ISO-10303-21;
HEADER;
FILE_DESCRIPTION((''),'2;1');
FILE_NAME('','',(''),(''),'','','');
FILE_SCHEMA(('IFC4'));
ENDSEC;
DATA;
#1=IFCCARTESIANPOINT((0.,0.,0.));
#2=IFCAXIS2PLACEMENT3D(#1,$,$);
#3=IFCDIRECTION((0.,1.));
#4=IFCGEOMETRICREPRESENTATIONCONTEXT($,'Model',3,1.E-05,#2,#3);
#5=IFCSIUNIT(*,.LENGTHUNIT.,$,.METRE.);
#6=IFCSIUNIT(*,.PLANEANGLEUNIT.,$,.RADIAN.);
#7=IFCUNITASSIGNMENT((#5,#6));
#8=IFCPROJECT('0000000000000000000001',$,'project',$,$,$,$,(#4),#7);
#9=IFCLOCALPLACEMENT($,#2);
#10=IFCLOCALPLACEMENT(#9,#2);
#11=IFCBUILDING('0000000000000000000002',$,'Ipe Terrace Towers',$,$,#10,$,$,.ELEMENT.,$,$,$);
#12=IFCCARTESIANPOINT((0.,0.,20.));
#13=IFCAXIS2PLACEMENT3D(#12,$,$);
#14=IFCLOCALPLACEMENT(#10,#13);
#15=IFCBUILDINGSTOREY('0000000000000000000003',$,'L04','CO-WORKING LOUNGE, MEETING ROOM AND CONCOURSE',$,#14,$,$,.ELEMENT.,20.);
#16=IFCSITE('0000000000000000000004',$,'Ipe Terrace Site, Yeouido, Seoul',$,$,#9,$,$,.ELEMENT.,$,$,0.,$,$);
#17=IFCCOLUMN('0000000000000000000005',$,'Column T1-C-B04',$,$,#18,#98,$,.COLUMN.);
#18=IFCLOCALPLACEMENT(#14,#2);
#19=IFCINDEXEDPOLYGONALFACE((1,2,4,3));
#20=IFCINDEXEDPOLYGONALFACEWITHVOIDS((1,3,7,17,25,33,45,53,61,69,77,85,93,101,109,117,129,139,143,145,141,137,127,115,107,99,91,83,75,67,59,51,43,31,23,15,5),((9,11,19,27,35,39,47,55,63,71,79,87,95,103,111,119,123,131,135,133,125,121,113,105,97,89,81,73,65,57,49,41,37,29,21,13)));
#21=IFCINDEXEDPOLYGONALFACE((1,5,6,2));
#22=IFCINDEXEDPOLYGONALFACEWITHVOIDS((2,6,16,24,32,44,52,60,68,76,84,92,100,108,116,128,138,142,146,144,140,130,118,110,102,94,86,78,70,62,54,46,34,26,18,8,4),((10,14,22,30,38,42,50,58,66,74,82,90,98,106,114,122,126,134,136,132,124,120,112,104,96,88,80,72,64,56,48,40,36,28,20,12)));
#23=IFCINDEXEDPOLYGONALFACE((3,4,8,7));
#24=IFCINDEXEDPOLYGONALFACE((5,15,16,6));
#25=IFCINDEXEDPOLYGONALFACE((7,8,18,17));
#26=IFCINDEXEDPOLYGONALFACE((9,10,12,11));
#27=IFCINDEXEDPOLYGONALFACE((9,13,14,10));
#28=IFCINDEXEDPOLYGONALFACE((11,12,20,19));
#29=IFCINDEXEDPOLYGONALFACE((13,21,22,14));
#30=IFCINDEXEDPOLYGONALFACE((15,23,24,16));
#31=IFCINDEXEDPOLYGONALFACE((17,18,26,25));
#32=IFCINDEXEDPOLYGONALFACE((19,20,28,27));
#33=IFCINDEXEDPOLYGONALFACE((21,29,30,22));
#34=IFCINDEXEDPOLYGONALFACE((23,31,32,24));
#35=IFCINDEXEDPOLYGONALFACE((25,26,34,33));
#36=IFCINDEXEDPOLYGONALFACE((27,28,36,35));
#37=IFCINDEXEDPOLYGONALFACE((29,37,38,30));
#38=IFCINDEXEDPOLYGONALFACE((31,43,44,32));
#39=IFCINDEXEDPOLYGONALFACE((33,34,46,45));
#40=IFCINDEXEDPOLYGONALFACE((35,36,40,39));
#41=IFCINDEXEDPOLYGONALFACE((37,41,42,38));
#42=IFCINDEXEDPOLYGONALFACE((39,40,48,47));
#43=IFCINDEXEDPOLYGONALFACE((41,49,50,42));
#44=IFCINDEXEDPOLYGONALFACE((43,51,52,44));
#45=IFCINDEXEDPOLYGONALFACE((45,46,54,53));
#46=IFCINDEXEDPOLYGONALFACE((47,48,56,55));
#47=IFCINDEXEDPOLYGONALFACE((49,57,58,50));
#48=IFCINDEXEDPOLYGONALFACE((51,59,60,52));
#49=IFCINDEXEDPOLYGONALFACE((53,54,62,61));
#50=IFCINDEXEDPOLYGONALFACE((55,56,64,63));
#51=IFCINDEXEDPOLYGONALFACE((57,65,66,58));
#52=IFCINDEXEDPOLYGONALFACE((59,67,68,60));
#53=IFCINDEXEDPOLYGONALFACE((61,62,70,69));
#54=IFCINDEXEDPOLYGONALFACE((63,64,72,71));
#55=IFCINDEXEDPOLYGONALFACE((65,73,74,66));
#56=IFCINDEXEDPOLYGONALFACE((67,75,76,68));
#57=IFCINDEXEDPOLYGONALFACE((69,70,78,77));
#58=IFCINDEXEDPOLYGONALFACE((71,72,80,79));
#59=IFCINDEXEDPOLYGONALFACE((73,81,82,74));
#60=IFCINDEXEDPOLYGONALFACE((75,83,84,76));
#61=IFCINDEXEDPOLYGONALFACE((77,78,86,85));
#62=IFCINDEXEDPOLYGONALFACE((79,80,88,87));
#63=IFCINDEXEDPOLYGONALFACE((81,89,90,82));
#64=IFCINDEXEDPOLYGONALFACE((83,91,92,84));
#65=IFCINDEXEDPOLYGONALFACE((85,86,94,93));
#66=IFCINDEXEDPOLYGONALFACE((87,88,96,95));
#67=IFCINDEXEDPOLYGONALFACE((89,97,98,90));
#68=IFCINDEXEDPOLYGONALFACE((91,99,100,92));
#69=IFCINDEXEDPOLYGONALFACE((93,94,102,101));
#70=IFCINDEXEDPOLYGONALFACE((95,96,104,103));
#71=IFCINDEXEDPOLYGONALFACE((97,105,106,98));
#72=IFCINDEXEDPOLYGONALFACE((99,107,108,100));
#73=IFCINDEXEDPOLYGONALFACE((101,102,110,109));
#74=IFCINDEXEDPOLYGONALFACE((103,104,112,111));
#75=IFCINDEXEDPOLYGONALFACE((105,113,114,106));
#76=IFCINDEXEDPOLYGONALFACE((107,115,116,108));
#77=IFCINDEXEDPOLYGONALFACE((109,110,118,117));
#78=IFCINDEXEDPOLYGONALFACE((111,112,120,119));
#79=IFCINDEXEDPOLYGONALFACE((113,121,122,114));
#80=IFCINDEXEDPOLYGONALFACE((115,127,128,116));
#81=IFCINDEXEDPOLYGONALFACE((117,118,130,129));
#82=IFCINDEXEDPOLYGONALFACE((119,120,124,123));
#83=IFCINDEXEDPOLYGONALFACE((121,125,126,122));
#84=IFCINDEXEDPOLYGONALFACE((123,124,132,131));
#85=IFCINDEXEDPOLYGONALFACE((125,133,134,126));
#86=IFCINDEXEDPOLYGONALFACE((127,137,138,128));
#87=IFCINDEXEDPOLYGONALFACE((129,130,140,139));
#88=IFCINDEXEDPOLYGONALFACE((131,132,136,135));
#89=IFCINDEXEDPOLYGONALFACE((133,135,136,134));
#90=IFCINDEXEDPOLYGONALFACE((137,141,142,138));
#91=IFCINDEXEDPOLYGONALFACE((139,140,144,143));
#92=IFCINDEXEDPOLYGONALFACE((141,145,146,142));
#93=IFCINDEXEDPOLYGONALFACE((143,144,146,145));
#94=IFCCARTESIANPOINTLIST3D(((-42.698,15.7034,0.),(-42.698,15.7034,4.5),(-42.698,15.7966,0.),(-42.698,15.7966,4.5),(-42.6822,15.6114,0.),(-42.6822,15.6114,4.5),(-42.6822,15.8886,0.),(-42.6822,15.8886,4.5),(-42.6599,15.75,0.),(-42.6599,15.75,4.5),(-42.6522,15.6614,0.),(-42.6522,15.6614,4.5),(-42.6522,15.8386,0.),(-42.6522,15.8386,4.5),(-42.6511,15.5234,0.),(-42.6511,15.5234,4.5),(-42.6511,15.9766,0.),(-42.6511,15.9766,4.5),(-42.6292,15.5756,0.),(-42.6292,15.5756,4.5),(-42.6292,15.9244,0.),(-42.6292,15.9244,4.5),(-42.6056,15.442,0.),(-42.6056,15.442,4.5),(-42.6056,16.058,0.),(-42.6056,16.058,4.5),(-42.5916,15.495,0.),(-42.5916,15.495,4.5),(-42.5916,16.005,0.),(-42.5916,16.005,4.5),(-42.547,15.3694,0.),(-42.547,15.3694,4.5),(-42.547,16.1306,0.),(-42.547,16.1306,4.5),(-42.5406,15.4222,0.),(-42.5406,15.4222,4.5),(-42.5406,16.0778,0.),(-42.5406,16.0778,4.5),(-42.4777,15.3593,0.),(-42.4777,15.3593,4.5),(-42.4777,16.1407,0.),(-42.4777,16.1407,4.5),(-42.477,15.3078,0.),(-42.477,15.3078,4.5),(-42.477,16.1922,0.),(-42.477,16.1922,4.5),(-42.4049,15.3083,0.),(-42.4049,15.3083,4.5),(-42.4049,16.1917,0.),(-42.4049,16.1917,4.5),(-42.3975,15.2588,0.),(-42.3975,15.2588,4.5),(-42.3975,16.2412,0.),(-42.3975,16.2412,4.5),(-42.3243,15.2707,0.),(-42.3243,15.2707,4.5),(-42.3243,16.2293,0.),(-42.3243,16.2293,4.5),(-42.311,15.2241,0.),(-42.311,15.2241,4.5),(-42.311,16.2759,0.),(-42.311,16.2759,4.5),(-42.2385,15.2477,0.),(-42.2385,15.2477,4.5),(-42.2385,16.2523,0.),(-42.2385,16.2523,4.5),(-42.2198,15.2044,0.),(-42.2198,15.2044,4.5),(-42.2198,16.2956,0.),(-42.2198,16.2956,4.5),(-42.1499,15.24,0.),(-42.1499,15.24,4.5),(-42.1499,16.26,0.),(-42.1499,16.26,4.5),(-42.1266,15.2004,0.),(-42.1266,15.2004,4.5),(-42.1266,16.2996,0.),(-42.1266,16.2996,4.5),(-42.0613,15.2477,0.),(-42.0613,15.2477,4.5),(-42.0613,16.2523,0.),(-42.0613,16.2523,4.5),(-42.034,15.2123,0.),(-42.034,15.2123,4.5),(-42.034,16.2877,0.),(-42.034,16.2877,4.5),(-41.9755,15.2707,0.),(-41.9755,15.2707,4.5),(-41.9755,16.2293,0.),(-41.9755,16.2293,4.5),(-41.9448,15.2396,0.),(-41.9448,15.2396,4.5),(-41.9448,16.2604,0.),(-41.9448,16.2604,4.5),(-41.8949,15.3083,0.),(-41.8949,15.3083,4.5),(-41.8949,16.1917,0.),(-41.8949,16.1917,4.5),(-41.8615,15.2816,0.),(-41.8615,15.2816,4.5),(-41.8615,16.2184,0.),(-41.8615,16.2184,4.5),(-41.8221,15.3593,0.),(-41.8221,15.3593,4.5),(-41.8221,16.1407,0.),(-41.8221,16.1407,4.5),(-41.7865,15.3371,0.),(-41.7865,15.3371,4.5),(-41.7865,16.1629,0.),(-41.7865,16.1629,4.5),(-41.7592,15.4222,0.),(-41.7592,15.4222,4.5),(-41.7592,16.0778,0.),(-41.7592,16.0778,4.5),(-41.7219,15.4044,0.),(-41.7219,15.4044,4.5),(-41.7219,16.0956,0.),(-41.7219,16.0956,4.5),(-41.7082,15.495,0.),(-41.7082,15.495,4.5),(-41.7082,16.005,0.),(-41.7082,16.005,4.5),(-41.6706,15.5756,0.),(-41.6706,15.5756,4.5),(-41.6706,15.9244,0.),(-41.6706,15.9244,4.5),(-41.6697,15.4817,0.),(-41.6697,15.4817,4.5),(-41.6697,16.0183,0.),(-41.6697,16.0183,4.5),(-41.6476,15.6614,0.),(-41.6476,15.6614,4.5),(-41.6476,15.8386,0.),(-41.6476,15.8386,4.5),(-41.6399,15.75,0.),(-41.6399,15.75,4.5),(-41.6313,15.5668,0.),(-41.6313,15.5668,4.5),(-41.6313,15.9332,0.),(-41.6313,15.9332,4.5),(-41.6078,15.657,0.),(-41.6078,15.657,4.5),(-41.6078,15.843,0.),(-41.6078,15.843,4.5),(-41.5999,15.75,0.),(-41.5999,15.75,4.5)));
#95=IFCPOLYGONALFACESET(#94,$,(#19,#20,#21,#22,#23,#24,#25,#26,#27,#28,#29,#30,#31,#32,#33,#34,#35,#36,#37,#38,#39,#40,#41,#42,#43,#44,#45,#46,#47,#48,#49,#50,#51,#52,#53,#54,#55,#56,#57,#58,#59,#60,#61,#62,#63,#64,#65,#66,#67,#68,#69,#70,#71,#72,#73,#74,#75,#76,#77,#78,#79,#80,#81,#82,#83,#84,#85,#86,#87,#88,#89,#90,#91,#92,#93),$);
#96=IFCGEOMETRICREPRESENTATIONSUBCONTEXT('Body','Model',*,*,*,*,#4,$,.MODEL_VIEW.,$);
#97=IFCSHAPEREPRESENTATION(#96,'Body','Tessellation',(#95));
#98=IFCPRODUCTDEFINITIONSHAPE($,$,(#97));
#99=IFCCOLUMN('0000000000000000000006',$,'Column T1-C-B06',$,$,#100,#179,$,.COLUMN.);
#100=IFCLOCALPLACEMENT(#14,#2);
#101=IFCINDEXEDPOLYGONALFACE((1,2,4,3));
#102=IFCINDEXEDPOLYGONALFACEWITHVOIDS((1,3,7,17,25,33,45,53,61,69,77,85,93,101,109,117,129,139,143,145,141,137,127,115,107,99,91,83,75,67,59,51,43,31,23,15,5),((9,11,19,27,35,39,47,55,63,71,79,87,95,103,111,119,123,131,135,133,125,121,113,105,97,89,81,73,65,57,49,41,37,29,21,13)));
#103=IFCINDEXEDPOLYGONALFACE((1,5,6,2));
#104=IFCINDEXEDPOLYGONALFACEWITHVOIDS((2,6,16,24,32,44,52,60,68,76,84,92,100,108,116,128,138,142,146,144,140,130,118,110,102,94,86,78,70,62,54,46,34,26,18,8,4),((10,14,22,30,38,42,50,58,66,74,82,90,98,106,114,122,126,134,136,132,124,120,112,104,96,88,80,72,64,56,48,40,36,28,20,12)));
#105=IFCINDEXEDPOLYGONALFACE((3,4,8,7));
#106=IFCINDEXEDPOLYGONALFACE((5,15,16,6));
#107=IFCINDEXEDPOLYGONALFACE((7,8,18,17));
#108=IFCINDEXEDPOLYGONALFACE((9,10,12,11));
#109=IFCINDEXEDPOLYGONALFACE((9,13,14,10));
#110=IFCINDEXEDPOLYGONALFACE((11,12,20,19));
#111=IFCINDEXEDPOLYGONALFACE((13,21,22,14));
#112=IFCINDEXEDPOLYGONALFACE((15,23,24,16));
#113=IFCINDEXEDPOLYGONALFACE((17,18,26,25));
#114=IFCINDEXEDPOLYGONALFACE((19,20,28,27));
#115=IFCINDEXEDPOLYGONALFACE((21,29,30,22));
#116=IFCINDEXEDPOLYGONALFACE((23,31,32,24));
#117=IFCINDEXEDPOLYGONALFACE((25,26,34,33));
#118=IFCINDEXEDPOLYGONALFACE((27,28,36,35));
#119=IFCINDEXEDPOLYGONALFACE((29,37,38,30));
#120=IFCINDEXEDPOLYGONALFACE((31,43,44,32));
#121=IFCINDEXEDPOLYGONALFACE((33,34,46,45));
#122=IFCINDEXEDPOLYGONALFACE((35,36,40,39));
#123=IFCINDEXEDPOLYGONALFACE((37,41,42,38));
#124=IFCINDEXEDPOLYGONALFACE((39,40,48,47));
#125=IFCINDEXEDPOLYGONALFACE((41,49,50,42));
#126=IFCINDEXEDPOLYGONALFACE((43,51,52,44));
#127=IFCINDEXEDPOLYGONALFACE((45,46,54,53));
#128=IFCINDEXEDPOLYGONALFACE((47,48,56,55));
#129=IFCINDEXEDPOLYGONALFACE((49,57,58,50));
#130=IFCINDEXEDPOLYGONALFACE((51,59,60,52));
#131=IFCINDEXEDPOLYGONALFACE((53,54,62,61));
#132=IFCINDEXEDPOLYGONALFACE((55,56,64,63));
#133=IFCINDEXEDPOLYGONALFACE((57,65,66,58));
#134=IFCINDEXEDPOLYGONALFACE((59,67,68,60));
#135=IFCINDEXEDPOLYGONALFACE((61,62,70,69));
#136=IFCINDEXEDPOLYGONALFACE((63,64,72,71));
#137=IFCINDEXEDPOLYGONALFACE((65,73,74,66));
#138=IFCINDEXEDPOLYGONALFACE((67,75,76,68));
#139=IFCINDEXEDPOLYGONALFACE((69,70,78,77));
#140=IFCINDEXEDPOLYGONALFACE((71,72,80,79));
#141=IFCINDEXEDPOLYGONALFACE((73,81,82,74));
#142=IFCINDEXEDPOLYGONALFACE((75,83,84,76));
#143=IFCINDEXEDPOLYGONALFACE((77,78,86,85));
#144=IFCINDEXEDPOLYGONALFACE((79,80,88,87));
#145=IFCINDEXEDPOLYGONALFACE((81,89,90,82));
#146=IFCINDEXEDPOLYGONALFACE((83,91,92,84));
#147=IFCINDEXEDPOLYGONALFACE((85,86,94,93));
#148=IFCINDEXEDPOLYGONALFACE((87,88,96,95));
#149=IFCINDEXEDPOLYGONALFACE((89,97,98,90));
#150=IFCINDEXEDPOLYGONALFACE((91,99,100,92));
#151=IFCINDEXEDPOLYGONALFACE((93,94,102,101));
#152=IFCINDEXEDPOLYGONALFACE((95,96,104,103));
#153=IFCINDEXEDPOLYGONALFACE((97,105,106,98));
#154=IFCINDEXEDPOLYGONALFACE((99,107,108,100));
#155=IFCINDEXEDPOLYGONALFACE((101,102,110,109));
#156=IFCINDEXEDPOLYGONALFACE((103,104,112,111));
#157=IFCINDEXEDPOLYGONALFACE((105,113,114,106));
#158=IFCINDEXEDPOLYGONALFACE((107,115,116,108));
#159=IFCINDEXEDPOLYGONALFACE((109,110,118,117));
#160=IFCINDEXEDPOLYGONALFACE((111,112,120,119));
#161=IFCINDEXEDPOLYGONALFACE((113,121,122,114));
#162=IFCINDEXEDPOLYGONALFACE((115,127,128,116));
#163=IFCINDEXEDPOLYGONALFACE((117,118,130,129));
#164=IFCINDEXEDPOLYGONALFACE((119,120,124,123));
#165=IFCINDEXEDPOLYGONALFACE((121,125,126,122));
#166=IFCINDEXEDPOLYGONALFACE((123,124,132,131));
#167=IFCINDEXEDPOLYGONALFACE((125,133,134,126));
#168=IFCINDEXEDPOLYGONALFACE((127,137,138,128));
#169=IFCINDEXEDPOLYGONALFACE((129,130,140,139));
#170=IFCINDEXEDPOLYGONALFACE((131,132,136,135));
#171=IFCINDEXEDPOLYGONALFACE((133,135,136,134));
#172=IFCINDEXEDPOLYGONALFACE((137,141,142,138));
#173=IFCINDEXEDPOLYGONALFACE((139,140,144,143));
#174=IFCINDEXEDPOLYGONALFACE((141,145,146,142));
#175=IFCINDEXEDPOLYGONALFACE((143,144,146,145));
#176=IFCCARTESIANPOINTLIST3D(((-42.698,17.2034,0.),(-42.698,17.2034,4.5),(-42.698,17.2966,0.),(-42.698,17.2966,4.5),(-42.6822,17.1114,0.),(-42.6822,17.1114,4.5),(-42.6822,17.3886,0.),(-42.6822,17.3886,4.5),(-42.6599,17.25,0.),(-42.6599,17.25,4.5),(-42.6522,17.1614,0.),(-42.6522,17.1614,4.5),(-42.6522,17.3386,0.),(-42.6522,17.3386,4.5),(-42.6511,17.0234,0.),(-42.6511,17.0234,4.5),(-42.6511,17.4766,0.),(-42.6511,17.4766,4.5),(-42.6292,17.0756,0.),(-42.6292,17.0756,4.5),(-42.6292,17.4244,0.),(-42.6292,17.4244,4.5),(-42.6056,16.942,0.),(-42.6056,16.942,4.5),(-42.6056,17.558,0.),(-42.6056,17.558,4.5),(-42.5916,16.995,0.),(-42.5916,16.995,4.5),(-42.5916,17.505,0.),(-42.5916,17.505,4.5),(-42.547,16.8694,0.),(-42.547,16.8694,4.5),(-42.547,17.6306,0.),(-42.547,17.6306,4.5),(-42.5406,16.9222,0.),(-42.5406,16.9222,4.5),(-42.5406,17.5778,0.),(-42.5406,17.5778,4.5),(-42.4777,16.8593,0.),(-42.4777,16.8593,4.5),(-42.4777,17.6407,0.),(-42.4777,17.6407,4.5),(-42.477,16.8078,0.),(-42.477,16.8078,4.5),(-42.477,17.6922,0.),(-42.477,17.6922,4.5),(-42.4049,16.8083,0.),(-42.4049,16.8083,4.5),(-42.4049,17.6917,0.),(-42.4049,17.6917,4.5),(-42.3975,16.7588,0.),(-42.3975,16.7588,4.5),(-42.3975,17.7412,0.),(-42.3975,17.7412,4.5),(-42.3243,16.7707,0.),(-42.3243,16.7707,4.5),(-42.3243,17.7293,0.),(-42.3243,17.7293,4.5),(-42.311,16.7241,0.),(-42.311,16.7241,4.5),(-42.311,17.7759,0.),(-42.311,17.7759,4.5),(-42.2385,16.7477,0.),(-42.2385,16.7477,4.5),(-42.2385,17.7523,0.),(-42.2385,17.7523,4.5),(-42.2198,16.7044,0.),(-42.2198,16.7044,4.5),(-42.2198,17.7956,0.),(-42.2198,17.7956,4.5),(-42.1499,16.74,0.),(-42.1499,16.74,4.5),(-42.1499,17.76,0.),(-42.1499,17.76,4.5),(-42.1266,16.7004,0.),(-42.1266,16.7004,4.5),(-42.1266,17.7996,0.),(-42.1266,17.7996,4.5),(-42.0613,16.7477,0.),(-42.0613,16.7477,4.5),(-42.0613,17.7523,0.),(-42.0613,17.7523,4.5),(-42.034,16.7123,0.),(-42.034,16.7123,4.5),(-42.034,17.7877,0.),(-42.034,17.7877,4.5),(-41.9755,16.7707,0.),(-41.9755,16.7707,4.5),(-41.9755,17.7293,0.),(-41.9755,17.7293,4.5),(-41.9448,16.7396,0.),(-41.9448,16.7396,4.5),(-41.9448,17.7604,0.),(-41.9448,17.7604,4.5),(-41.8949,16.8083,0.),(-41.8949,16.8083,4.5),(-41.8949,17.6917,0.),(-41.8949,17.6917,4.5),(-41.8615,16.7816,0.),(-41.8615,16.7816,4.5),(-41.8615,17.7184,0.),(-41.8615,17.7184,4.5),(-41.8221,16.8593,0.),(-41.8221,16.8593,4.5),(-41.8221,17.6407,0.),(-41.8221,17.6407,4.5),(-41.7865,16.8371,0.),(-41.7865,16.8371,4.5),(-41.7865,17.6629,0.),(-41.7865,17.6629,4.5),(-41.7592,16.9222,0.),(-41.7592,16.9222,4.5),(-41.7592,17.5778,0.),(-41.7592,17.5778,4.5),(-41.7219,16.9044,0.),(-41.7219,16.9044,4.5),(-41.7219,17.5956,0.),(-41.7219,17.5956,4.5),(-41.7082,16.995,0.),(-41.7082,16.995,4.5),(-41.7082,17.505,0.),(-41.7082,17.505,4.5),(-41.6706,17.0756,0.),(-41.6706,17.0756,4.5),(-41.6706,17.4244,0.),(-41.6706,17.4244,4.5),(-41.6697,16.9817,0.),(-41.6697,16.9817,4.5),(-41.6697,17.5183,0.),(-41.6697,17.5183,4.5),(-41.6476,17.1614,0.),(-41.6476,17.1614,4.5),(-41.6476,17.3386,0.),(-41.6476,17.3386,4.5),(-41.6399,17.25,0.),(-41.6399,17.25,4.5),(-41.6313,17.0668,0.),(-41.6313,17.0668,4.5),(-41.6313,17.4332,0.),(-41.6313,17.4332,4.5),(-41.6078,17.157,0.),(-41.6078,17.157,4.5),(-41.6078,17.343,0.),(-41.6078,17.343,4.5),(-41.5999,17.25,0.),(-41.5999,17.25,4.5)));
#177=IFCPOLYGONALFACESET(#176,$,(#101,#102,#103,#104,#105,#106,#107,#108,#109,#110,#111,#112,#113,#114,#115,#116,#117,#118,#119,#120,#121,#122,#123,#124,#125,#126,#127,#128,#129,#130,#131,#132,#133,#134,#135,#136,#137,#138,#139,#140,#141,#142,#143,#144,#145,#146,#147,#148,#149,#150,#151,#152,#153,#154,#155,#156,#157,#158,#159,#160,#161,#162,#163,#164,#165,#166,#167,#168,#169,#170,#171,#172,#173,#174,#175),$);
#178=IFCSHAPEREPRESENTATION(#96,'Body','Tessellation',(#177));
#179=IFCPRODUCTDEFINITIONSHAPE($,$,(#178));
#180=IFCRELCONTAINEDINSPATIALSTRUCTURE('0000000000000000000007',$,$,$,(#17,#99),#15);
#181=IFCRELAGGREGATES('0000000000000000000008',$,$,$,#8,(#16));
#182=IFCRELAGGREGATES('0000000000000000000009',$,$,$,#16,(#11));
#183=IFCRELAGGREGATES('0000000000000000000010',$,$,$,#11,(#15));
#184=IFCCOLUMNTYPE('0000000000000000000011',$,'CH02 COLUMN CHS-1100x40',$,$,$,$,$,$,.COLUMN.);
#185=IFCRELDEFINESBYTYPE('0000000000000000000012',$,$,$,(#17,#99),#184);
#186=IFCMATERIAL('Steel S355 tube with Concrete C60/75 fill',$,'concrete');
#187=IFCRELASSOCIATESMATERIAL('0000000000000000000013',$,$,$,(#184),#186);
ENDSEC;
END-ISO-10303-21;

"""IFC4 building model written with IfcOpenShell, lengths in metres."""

from ifc_helpers import new_model, si_unit, direction, frame, origin, origin_2d, place, context, subcontext, project, spatial, hollow_circle, extrude, material, material_profile, profile_set, type_object, element, save


model = new_model("IFC4")

# Units and contexts
model_context = context("Model", 3, precision=1e-05, world=origin(), true_north=direction((0.0, 1.0)))
body_context = subcontext(model_context, "Body", "Model", "MODEL_VIEW")
ifc_project = project(units=[si_unit("LENGTHUNIT", "METRE"), si_unit("PLANEANGLEUNIT", "RADIAN")], contexts=[model_context])

# Site, building, storey
site_placement = place(None, origin())
site = spatial("IfcSite", under=ifc_project, at=site_placement, Name="Ipe Terrace Site, Yeouido, Seoul", CompositionType="ELEMENT", RefElevation=0.0)
building_placement = place(site_placement, origin())
building = spatial("IfcBuilding", under=site, at=building_placement, Name="Ipe Terrace Towers", CompositionType="ELEMENT")
storey_placement = place(building_placement, frame((0.0, 0.0, 20.0)))
storey = spatial("IfcBuildingStorey", under=building, at=storey_placement, Name="L04", Description="CO-WORKING LOUNGE, MEETING ROOM AND CONCOURSE", CompositionType="ELEMENT", Elevation=20.0)

# Columns
ifc_material_1 = material(Name="Steel S355 tube with Concrete C60/75 fill", Category="concrete")
ifc_material_profile_1 = material_profile(ifc_material_1, hollow_circle(Radius=0.55, WallThickness=0.04, at=origin_2d()), Name="CHS-1100x40")
ifc_profile_set_1 = profile_set([ifc_material_profile_1], Name="Steel S355 tube with Concrete C60/75 fill")
column_type_1 = type_object("IfcColumnType", Name="CH02 COLUMN CHS-1100x40", PredefinedType="COLUMN", material=ifc_profile_set_1)
for number, where, z_axis, x_axis, name in (
    (1, (-42.1499, 15.75, 0.0), (0.0, 0.0, 1.0), (1.0, 0.0, 0.0), "Column T1-C-B04"),
    (2, (-42.1499, 17.25, 0.0), (0.0, 0.0, 1.0), (1.0, 0.0, 0.0), "Column T1-C-B06"),
):
    element("IfcColumn", number, at=place(storey_placement, frame(where, z_axis=z_axis, x_axis=x_axis)), inside=storey, type_object=column_type_1, Name=name, PredefinedType="COLUMN", context=body_context, shape_type="SweptSolid", body=[
        extrude(hollow_circle(Radius=0.55, WallThickness=0.04, at=origin_2d()), origin(), (0.0, 0.0, 1.0), 4.5),
    ])

save(model, "model.ifc")
